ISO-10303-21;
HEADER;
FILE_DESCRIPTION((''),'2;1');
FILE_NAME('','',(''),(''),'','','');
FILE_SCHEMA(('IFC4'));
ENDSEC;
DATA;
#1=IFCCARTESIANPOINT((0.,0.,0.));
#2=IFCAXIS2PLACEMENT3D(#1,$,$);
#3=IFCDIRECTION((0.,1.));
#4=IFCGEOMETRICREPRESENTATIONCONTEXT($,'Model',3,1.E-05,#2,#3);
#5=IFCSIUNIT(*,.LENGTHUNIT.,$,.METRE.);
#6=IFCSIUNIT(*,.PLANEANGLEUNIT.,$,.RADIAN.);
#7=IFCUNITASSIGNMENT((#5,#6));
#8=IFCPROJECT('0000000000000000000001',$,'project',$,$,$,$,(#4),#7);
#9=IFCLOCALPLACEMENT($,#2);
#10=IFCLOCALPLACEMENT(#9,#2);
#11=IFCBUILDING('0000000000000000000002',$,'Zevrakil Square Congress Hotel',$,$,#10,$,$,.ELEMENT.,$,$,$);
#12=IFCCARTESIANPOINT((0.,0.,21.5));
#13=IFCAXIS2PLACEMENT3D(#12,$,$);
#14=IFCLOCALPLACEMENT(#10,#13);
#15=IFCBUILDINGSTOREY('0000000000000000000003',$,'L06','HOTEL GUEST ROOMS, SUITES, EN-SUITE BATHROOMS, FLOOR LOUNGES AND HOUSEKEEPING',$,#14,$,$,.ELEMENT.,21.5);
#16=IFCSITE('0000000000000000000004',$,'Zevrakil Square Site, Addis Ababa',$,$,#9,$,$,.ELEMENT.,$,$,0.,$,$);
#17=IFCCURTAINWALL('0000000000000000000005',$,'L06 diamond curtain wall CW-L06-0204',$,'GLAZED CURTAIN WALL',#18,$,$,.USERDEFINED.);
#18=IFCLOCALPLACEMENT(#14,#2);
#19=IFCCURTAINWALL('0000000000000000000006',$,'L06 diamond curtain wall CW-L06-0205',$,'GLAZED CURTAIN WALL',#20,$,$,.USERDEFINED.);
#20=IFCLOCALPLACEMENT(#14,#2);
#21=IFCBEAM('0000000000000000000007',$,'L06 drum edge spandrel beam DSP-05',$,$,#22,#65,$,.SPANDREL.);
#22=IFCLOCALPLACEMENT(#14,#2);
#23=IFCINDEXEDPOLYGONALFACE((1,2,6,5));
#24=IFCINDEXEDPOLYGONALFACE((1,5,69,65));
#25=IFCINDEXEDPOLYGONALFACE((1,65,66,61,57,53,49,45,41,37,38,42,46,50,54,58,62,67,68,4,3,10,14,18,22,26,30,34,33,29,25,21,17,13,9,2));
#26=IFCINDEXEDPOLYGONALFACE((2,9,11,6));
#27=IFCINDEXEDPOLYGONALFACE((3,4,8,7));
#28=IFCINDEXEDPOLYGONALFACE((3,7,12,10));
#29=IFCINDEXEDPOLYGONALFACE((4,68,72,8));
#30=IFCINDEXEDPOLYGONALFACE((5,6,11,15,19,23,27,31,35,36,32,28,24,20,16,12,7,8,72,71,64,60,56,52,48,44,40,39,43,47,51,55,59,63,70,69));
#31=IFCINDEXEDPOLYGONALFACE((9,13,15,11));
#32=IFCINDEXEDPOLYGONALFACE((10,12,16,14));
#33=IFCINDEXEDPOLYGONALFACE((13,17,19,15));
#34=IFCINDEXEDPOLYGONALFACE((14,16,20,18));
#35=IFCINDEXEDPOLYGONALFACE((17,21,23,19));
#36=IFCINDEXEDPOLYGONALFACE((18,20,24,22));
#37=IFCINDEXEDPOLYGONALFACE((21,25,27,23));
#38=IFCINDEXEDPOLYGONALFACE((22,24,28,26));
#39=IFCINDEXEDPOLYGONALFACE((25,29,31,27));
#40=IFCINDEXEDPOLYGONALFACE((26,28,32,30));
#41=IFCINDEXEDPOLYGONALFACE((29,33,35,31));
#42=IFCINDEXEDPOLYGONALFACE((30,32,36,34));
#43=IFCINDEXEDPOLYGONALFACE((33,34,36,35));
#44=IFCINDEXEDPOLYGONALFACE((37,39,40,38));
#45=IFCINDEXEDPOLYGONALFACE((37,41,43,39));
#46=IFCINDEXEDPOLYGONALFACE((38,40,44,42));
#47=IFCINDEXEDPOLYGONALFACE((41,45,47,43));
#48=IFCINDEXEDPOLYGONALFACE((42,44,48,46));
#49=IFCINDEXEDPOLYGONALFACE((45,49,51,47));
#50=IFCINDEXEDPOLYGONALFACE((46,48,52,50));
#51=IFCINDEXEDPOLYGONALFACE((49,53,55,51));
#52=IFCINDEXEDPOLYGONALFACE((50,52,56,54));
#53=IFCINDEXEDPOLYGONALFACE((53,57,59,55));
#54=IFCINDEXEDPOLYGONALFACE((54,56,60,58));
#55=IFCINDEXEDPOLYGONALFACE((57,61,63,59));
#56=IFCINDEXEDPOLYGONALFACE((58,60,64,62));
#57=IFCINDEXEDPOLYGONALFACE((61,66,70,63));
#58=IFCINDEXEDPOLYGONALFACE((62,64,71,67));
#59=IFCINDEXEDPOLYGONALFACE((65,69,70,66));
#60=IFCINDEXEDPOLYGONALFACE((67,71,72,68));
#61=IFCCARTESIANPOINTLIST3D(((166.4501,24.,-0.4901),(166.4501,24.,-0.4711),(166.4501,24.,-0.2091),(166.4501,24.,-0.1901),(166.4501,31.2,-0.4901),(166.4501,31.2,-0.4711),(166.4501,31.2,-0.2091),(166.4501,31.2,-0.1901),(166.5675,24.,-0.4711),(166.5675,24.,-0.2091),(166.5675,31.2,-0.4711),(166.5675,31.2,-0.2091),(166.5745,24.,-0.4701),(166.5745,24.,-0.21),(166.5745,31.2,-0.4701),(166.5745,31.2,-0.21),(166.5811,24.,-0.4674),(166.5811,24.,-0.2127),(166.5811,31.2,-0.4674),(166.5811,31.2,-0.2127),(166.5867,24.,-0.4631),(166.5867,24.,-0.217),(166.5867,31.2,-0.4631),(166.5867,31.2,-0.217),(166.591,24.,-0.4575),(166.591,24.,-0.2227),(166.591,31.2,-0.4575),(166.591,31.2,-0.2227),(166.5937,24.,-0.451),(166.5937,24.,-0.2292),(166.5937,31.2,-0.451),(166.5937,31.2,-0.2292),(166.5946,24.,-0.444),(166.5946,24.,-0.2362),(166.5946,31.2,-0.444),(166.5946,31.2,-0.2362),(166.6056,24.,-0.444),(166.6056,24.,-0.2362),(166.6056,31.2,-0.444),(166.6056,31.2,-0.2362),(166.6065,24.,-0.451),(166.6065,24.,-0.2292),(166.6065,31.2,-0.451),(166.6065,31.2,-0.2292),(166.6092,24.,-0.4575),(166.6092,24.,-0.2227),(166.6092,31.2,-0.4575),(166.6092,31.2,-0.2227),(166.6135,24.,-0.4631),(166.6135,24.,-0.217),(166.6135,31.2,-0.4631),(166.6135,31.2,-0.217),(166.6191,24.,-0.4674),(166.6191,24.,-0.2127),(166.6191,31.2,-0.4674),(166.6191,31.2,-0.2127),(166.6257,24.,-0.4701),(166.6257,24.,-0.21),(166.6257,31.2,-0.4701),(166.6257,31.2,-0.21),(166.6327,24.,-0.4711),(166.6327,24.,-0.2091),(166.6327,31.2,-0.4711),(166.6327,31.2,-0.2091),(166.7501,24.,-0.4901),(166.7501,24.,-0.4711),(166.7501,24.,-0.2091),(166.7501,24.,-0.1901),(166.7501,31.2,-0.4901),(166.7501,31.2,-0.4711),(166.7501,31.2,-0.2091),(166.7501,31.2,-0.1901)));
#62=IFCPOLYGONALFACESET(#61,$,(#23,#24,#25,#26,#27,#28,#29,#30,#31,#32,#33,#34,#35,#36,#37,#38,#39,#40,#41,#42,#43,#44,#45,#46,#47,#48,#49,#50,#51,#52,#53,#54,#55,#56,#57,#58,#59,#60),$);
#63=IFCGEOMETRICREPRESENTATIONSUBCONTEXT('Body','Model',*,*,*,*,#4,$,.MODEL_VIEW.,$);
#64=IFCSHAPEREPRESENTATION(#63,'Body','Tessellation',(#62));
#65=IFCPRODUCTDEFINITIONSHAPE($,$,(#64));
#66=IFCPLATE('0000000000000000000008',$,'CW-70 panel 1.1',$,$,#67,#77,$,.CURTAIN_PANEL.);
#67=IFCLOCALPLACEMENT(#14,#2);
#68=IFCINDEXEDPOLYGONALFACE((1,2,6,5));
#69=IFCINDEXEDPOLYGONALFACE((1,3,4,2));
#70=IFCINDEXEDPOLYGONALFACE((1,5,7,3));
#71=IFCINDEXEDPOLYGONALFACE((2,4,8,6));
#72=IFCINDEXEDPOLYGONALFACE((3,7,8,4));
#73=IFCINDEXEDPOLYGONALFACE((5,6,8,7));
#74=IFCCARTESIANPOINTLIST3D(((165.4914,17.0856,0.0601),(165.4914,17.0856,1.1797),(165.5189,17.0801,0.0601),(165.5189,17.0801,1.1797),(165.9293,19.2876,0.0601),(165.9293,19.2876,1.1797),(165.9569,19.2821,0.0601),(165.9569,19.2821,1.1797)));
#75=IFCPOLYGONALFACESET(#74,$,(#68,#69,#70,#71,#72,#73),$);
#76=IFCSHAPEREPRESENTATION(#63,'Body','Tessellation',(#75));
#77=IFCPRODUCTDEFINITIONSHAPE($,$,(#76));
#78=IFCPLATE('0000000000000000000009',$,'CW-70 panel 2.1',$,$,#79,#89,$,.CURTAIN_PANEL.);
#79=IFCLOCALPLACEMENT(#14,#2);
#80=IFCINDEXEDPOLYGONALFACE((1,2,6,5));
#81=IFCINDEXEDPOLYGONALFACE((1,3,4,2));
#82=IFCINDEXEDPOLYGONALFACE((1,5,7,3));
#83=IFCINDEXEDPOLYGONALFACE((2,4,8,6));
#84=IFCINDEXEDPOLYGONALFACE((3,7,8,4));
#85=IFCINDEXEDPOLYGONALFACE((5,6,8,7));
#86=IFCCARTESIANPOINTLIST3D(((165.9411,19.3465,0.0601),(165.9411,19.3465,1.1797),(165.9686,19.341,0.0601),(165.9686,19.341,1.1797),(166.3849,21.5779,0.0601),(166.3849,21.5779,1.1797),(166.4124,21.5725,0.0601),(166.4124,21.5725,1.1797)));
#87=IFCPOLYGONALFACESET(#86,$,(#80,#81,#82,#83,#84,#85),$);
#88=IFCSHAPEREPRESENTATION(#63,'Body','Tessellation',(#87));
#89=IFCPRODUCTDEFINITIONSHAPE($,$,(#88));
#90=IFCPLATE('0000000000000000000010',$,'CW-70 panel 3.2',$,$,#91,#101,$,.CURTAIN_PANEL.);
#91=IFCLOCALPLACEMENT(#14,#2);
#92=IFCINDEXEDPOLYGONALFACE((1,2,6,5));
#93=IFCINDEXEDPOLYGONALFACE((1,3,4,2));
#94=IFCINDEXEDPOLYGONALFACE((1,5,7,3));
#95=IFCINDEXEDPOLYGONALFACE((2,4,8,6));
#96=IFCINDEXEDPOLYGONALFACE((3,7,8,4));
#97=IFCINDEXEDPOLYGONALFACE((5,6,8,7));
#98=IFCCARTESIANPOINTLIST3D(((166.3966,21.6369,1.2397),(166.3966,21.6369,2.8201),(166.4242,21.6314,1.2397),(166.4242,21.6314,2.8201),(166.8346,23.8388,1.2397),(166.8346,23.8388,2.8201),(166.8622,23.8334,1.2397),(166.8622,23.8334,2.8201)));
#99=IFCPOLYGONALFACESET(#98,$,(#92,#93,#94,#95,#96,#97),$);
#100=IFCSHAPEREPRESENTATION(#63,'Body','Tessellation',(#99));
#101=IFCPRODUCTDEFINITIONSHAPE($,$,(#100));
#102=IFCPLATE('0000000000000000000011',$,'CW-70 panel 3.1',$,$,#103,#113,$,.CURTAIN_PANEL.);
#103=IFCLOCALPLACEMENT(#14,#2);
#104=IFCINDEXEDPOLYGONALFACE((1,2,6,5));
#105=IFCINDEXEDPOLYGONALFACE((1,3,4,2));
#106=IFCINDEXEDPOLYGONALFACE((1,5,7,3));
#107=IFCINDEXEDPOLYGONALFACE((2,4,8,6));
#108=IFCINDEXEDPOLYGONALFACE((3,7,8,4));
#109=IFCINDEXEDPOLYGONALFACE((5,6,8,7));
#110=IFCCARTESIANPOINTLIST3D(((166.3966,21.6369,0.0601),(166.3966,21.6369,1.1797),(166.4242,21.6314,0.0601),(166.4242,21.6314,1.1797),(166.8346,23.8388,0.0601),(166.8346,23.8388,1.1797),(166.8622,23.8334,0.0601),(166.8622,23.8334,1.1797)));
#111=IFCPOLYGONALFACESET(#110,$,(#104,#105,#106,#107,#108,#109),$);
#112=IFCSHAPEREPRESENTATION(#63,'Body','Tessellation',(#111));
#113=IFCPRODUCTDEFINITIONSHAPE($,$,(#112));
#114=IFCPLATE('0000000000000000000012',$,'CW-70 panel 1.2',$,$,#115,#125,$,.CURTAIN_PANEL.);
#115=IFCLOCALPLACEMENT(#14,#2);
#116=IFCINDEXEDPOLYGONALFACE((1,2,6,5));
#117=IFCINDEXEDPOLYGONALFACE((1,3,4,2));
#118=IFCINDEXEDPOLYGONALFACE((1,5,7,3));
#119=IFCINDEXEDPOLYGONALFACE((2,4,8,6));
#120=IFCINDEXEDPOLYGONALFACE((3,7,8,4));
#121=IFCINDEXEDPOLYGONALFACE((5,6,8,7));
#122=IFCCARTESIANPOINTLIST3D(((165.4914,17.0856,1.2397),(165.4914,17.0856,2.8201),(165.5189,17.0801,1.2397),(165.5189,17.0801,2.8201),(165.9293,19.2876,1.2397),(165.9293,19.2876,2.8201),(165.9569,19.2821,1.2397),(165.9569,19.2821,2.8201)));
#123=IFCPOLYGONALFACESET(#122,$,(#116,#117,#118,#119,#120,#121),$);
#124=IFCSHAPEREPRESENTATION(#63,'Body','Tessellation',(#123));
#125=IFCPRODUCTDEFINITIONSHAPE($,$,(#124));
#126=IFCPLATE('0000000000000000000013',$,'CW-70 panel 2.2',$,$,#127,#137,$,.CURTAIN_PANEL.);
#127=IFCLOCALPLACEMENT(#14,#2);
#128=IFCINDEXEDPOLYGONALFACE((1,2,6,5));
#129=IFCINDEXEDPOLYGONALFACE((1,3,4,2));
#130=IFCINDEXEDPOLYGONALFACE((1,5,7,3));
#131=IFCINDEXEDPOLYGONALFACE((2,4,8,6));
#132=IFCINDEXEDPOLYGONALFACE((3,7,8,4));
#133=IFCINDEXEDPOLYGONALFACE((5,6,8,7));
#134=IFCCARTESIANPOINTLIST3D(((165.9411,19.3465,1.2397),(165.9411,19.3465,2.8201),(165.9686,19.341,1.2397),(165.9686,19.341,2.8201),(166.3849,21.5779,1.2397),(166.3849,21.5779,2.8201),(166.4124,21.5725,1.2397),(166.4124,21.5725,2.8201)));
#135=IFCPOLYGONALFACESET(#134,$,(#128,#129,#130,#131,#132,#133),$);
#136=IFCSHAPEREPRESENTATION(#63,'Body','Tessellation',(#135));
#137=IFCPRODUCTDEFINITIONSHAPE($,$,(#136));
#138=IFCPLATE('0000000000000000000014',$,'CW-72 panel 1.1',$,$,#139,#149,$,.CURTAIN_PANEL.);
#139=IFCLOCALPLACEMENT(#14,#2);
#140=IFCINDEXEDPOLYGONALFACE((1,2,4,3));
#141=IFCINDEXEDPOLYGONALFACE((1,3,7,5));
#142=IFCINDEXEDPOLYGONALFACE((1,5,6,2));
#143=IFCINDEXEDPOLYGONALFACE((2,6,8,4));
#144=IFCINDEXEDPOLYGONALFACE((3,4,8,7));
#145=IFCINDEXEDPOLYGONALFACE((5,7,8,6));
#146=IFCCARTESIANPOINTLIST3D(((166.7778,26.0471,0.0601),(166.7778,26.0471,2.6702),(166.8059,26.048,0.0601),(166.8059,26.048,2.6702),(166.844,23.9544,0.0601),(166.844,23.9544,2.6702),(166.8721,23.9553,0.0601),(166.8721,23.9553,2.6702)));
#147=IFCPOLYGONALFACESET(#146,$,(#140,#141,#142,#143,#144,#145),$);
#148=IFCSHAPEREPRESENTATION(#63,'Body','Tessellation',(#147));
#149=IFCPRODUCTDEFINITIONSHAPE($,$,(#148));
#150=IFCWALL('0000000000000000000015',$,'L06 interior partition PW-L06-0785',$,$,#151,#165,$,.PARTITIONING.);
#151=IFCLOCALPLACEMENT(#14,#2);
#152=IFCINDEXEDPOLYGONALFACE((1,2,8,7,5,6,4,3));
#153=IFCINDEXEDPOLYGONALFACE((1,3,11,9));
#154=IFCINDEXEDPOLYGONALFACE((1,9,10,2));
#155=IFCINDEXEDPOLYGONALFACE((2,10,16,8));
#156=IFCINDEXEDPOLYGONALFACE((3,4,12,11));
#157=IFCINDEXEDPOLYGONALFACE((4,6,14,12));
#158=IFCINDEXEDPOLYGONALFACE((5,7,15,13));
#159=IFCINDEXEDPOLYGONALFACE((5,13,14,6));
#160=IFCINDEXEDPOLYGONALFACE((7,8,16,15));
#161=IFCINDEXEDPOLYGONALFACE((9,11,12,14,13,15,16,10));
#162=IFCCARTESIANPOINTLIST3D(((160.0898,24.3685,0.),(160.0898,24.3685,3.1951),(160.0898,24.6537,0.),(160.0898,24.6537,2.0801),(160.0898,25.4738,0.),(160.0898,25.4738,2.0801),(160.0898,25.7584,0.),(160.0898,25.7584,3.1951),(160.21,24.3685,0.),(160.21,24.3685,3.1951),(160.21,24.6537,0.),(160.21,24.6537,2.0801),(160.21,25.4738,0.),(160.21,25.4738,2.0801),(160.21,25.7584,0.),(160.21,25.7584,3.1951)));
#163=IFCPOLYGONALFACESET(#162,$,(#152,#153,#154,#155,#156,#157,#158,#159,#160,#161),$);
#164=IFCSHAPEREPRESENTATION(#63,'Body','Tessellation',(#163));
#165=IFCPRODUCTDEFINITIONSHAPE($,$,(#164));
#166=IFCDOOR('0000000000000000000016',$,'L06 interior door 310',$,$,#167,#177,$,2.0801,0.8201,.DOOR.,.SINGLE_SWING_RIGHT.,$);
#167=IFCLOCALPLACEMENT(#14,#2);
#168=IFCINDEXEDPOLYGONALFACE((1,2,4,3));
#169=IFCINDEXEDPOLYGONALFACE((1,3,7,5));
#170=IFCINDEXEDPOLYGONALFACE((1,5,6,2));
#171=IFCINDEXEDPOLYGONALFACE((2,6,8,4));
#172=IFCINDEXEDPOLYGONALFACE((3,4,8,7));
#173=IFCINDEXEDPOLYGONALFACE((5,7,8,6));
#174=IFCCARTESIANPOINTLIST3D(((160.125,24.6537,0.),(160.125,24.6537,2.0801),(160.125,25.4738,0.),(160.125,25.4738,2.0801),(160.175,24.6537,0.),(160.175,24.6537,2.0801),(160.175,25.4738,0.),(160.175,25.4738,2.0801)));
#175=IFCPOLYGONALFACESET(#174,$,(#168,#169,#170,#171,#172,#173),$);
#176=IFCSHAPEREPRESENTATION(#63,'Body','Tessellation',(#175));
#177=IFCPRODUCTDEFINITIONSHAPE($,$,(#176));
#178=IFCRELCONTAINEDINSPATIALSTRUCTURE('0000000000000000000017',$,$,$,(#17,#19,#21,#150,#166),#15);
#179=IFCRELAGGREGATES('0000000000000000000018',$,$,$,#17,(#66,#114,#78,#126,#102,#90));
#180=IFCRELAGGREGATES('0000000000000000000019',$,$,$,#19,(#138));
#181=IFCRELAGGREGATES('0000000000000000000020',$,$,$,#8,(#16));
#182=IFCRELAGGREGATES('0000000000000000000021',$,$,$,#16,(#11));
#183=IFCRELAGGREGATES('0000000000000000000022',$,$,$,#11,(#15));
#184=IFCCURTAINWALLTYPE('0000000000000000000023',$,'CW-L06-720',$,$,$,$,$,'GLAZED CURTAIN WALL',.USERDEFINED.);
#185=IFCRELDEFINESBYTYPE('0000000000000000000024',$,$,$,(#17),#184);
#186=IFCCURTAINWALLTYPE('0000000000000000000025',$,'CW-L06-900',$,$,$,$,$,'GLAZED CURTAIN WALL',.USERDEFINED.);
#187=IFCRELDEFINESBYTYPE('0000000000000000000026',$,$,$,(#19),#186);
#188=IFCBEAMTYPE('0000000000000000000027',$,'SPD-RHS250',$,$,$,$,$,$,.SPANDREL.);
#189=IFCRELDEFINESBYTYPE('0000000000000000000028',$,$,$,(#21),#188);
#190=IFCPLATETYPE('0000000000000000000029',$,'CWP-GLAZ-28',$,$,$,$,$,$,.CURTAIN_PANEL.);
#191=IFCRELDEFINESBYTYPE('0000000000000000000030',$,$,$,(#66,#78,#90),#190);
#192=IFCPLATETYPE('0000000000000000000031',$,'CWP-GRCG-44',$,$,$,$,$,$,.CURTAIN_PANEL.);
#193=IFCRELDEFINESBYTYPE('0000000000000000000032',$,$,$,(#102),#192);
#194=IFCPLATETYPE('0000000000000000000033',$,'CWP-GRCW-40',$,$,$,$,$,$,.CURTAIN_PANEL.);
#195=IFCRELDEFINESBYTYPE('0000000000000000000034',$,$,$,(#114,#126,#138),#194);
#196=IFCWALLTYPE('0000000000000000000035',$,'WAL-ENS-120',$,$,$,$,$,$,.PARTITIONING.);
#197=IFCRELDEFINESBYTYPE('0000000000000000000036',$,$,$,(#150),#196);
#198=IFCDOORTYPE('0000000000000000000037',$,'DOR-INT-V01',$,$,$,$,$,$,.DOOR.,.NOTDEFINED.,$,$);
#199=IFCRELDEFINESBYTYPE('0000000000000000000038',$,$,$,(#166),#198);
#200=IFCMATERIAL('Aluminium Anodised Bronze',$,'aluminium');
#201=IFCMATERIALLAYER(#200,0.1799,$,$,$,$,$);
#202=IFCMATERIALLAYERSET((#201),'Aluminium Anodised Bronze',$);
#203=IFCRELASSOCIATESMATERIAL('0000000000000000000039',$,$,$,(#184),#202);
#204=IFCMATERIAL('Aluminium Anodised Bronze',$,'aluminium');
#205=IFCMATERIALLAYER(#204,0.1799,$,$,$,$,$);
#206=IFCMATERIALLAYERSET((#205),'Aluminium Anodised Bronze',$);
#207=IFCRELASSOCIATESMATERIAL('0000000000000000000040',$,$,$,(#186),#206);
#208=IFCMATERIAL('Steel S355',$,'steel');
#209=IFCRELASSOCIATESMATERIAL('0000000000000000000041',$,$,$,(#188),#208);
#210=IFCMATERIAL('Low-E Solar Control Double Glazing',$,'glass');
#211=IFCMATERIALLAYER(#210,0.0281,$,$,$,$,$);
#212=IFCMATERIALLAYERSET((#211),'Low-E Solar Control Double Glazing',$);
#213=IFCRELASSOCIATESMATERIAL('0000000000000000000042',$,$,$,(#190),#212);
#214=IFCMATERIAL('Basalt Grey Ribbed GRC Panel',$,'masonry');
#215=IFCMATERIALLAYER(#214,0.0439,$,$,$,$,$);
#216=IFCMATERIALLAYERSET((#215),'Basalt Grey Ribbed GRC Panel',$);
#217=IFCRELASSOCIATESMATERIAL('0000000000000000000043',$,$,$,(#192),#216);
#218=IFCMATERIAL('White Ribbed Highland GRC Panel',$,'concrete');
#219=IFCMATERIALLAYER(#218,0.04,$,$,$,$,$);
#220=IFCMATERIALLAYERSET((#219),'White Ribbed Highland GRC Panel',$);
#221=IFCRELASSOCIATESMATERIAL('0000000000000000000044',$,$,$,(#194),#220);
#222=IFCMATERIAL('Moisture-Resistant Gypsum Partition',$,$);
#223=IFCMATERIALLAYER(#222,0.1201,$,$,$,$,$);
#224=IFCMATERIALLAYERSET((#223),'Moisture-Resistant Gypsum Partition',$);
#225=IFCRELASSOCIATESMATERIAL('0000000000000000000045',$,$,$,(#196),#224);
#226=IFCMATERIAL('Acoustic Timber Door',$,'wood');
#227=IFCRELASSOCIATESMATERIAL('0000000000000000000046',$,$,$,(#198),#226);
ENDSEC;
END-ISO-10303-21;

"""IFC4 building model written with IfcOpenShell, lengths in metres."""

from ifc_helpers import new_model, si_unit, direction, frame, frame_2d, origin, origin_2d, place, context, subcontext, project, spatial, rectangle, i_section, extrude, material, layer, layer_set, material_profile, profile_set, type_object, element, fill, aggregate, save


model = new_model("IFC4")

# Units and contexts
model_context = context("Model", 3, precision=1e-05, world=origin(), true_north=direction((0.0, 1.0)))
body_context = subcontext(model_context, "Body", "Model", "MODEL_VIEW")
ifc_project = project(units=[si_unit("LENGTHUNIT", "METRE"), si_unit("PLANEANGLEUNIT", "RADIAN")], contexts=[model_context])

# Site, building, storey
site_placement = place(None, origin())
site = spatial("IfcSite", under=ifc_project, at=site_placement, Name="Zevrakil Square Site, Addis Ababa", CompositionType="ELEMENT", RefElevation=0.0)
building_placement = place(site_placement, origin())
building = spatial("IfcBuilding", under=site, at=building_placement, Name="Zevrakil Square Congress Hotel", CompositionType="ELEMENT")
storey_placement = place(building_placement, frame((0.0, 0.0, 21.5)))
storey = spatial("IfcBuildingStorey", under=building, at=storey_placement, Name="L06", Description="HOTEL GUEST ROOMS, SUITES, EN-SUITE BATHROOMS, FLOOR LOUNGES AND HOUSEKEEPING", CompositionType="ELEMENT", Elevation=21.5)

# Curtain walls
ifc_material_1 = material(Name="Aluminium Anodised Bronze", Category="aluminium")
ifc_layer_1 = layer(ifc_material_1, 0.1799)
ifc_layer_set_1 = layer_set([ifc_layer_1], Name="Aluminium Anodised Bronze")
curtain_wall_type_1 = type_object("IfcCurtainWallType", Name="CW-L06-720", ElementType="GLAZED CURTAIN WALL", PredefinedType="USERDEFINED", material=ifc_layer_set_1)
curtain_wall_1_placement = place(storey_placement, origin())
curtain_wall_1 = element("IfcCurtainWall", 1, at=curtain_wall_1_placement, inside=storey, type_object=curtain_wall_type_1, Name="L06 diamond curtain wall CW-L06-0204", ObjectType="GLAZED CURTAIN WALL", PredefinedType="USERDEFINED")
ifc_material_2 = material(Name="Aluminium Anodised Bronze", Category="aluminium")
ifc_layer_2 = layer(ifc_material_2, 0.1799)
ifc_layer_set_2 = layer_set([ifc_layer_2], Name="Aluminium Anodised Bronze")
curtain_wall_type_2 = type_object("IfcCurtainWallType", Name="CW-L06-900", ElementType="GLAZED CURTAIN WALL", PredefinedType="USERDEFINED", material=ifc_layer_set_2)
curtain_wall_2_placement = place(storey_placement, origin())
curtain_wall_2 = element("IfcCurtainWall", 2, at=curtain_wall_2_placement, inside=storey, type_object=curtain_wall_type_2, Name="L06 diamond curtain wall CW-L06-0205", ObjectType="GLAZED CURTAIN WALL", PredefinedType="USERDEFINED")

# Beam
ifc_material_3 = material(Name="Steel S355", Category="steel")
ifc_material_profile_1 = material_profile(ifc_material_3, i_section(OverallWidth=0.3, OverallDepth=0.3, WebThickness=0.011, FlangeThickness=0.019, FilletRadius=0.0271, at=origin_2d()), Name="HEB 300")
ifc_profile_set_1 = profile_set([ifc_material_profile_1], Name="Steel S355")
beam_type_1 = type_object("IfcBeamType", Name="SPD-RHS250", PredefinedType="SPANDREL", material=ifc_profile_set_1)
beam_1_placement = place(storey_placement, frame((166.6001, 24.0, -0.3401), z_axis=(0.0, 1.0, 0.0), x_axis=(-1.0, 0.0, 0.0)))
element("IfcBeam", 3, at=beam_1_placement, inside=storey, type_object=beam_type_1, Name="L06 drum edge spandrel beam DSP-05", PredefinedType="SPANDREL", context=body_context, shape_type="SweptSolid", body=[
    extrude(i_section(OverallWidth=0.3, OverallDepth=0.3, WebThickness=0.011, FlangeThickness=0.019, FilletRadius=0.0271, at=origin_2d()), origin(), (0.0, 0.0, 1.0), 7.2),
])

# Plates
ifc_material_4 = material(Name="Low-E Solar Control Double Glazing", Category="glass")
ifc_layer_3 = layer(ifc_material_4, 0.0281)
ifc_layer_set_3 = layer_set([ifc_layer_3], Name="Low-E Solar Control Double Glazing")
plate_type_1 = type_object("IfcPlateType", Name="CWP-GLAZ-28", PredefinedType="CURTAIN_PANEL", material=ifc_layer_set_3)
plate_1_placement = place(storey_placement, frame((165.7241, 18.1838, 0.0601), z_axis=(0.0, 0.0, 1.0), x_axis=(0.195084, 0.980787, 0.0)))
plate_1 = element("IfcPlate", 4, at=plate_1_placement, type_object=plate_type_1, Name="CW-70 panel 1.1", PredefinedType="CURTAIN_PANEL", context=body_context, shape_type="SweptSolid", body=[
    extrude(rectangle(XDim=2.2451, YDim=0.0281, at=origin_2d()), origin(), (0.0, 0.0, 1.0), 1.1196),
])
plate_2_placement = place(storey_placement, frame((166.1768, 20.4595, 0.0601), z_axis=(0.0, 0.0, 1.0), x_axis=(0.195084, 0.980787, 0.0)))
plate_2 = element("IfcPlate", 5, at=plate_2_placement, type_object=plate_type_1, Name="CW-70 panel 2.1", PredefinedType="CURTAIN_PANEL", context=body_context, shape_type="SweptSolid", body=[
    extrude(rectangle(XDim=2.2751, YDim=0.0281, at=origin_2d()), origin(), (0.0, 0.0, 1.0), 1.1196),
])
plate_3_placement = place(storey_placement, frame((166.6294, 22.7351, 1.2397), z_axis=(0.0, 0.0, 1.0), x_axis=(0.195084, 0.980787, 0.0)))
plate_3 = element("IfcPlate", 6, at=plate_3_placement, type_object=plate_type_1, Name="CW-70 panel 3.2", PredefinedType="CURTAIN_PANEL", context=body_context, shape_type="SweptSolid", body=[
    extrude(rectangle(XDim=2.2451, YDim=0.0281, at=origin_2d()), origin(), (0.0, 0.0, 1.0), 1.5803),
])
ifc_material_5 = material(Name="Basalt Grey Ribbed GRC Panel", Category="masonry")
ifc_layer_4 = layer(ifc_material_5, 0.0439)
ifc_layer_set_4 = layer_set([ifc_layer_4], Name="Basalt Grey Ribbed GRC Panel")
plate_type_2 = type_object("IfcPlateType", Name="CWP-GRCG-44", PredefinedType="CURTAIN_PANEL", material=ifc_layer_set_4)
plate_4_placement = place(storey_placement, frame((166.6294, 22.7351, 0.0601), z_axis=(0.0, 0.0, 1.0), x_axis=(0.195084, 0.980787, 0.0)))
plate_4 = element("IfcPlate", 7, at=plate_4_placement, type_object=plate_type_2, Name="CW-70 panel 3.1", PredefinedType="CURTAIN_PANEL", context=body_context, shape_type="SweptSolid", body=[
    extrude(rectangle(XDim=2.2451, YDim=0.0281, at=origin_2d()), origin(), (0.0, 0.0, 1.0), 1.1196),
])
ifc_material_6 = material(Name="White Ribbed Highland GRC Panel", Category="concrete")
ifc_layer_5 = layer(ifc_material_6, 0.04)
ifc_layer_set_5 = layer_set([ifc_layer_5], Name="White Ribbed Highland GRC Panel")
plate_type_3 = type_object("IfcPlateType", Name="CWP-GRCW-40", PredefinedType="CURTAIN_PANEL", material=ifc_layer_set_5)
plate_5_placement = place(storey_placement, frame((165.7241, 18.1838, 1.2397), z_axis=(0.0, 0.0, 1.0), x_axis=(0.195084, 0.980787, 0.0)))
plate_5 = element("IfcPlate", 8, at=plate_5_placement, type_object=plate_type_3, Name="CW-70 panel 1.2", PredefinedType="CURTAIN_PANEL", context=body_context, shape_type="SweptSolid", body=[
    extrude(rectangle(XDim=2.2451, YDim=0.0281, at=origin_2d()), origin(), (0.0, 0.0, 1.0), 1.5803),
])
plate_6_placement = place(storey_placement, frame((166.1768, 20.4595, 1.2397), z_axis=(0.0, 0.0, 1.0), x_axis=(0.195084, 0.980787, 0.0)))
plate_6 = element("IfcPlate", 9, at=plate_6_placement, type_object=plate_type_3, Name="CW-70 panel 2.2", PredefinedType="CURTAIN_PANEL", context=body_context, shape_type="SweptSolid", body=[
    extrude(rectangle(XDim=2.2751, YDim=0.0281, at=origin_2d()), origin(), (0.0, 0.0, 1.0), 1.5803),
])
aggregate(curtain_wall_1, [plate_1, plate_5, plate_2, plate_6, plate_4, plate_3])
plate_7_placement = place(storey_placement, frame((166.825, 25.0012, 0.0601), z_axis=(0.0, 0.0, 1.0), x_axis=(-0.031598, 0.999501, 0.0)))
plate_7 = element("IfcPlate", 10, at=plate_7_placement, type_object=plate_type_3, Name="CW-72 panel 1.1", PredefinedType="CURTAIN_PANEL", context=body_context, shape_type="SweptSolid", body=[
    extrude(rectangle(XDim=2.0938, YDim=0.0281, at=origin_2d()), origin(), (0.0, 0.0, 1.0), 2.6101),
])
aggregate(curtain_wall_2, [plate_7])

# Wall, opening, door
ifc_material_7 = material(Name="Moisture-Resistant Gypsum Partition")
ifc_layer_6 = layer(ifc_material_7, 0.1201)
ifc_layer_set_6 = layer_set([ifc_layer_6], Name="Moisture-Resistant Gypsum Partition")
wall_type = type_object("IfcWallType", Name="WAL-ENS-120", PredefinedType="PARTITIONING", material=ifc_layer_set_6)
wall_placement = place(storey_placement, frame((160.1499, 24.3687, 0.0), z_axis=(0.0, 0.0, 1.0), x_axis=(0.0, 1.0, 0.0)))
wall = element("IfcWall", 11, at=wall_placement, inside=storey, type_object=wall_type, Name="L06 interior partition PW-L06-0785", PredefinedType="PARTITIONING", context=body_context, shape_type="SweptSolid", body=[
    extrude(rectangle(XDim=1.3899, YDim=0.1201, at=frame_2d((0.6948, 0.0))), origin(), (0.0, 0.0, 1.0), 3.1951),
])
opening_placement = place(wall_placement, frame((0.2849, 0.0, 0.0)))
opening = element("IfcOpeningElement", 12, at=opening_placement, cuts=wall, PredefinedType="OPENING", context=body_context, shape_type="SweptSolid", body=[
    extrude(rectangle(XDim=0.8201, YDim=2.0801, at=frame_2d((0.4102, 1.04))), frame((0.0, 0.0701, 0.0), z_axis=(0.0, -1.0, 0.0), x_axis=(1.0, 0.0, 0.0)), (0.0, 0.0, 1.0), 0.1401),
])
ifc_material_8 = material(Name="Acoustic Timber Door", Category="wood")
door_type = type_object("IfcDoorType", Name="DOR-INT-V01", OperationType="NOTDEFINED", PredefinedType="DOOR", material=ifc_material_8)
door_placement = place(opening_placement, origin())
door = element("IfcDoor", 13, at=door_placement, inside=storey, type_object=door_type, Name="L06 interior door 310", OperationType="SINGLE_SWING_RIGHT", OverallHeight=2.0801, OverallWidth=0.8201, PredefinedType="DOOR", context=body_context, shape_type="SweptSolid", body=[
    extrude(rectangle(XDim=0.8201, YDim=2.0801, at=frame_2d((0.4102, 1.04))), frame((0.0, 0.0249, 0.0), z_axis=(0.0, -1.0, 0.0), x_axis=(1.0, 0.0, 0.0)), (0.0, 0.0, 1.0), 0.05),
])
fill(opening, door)

save(model, "model.ifc")
